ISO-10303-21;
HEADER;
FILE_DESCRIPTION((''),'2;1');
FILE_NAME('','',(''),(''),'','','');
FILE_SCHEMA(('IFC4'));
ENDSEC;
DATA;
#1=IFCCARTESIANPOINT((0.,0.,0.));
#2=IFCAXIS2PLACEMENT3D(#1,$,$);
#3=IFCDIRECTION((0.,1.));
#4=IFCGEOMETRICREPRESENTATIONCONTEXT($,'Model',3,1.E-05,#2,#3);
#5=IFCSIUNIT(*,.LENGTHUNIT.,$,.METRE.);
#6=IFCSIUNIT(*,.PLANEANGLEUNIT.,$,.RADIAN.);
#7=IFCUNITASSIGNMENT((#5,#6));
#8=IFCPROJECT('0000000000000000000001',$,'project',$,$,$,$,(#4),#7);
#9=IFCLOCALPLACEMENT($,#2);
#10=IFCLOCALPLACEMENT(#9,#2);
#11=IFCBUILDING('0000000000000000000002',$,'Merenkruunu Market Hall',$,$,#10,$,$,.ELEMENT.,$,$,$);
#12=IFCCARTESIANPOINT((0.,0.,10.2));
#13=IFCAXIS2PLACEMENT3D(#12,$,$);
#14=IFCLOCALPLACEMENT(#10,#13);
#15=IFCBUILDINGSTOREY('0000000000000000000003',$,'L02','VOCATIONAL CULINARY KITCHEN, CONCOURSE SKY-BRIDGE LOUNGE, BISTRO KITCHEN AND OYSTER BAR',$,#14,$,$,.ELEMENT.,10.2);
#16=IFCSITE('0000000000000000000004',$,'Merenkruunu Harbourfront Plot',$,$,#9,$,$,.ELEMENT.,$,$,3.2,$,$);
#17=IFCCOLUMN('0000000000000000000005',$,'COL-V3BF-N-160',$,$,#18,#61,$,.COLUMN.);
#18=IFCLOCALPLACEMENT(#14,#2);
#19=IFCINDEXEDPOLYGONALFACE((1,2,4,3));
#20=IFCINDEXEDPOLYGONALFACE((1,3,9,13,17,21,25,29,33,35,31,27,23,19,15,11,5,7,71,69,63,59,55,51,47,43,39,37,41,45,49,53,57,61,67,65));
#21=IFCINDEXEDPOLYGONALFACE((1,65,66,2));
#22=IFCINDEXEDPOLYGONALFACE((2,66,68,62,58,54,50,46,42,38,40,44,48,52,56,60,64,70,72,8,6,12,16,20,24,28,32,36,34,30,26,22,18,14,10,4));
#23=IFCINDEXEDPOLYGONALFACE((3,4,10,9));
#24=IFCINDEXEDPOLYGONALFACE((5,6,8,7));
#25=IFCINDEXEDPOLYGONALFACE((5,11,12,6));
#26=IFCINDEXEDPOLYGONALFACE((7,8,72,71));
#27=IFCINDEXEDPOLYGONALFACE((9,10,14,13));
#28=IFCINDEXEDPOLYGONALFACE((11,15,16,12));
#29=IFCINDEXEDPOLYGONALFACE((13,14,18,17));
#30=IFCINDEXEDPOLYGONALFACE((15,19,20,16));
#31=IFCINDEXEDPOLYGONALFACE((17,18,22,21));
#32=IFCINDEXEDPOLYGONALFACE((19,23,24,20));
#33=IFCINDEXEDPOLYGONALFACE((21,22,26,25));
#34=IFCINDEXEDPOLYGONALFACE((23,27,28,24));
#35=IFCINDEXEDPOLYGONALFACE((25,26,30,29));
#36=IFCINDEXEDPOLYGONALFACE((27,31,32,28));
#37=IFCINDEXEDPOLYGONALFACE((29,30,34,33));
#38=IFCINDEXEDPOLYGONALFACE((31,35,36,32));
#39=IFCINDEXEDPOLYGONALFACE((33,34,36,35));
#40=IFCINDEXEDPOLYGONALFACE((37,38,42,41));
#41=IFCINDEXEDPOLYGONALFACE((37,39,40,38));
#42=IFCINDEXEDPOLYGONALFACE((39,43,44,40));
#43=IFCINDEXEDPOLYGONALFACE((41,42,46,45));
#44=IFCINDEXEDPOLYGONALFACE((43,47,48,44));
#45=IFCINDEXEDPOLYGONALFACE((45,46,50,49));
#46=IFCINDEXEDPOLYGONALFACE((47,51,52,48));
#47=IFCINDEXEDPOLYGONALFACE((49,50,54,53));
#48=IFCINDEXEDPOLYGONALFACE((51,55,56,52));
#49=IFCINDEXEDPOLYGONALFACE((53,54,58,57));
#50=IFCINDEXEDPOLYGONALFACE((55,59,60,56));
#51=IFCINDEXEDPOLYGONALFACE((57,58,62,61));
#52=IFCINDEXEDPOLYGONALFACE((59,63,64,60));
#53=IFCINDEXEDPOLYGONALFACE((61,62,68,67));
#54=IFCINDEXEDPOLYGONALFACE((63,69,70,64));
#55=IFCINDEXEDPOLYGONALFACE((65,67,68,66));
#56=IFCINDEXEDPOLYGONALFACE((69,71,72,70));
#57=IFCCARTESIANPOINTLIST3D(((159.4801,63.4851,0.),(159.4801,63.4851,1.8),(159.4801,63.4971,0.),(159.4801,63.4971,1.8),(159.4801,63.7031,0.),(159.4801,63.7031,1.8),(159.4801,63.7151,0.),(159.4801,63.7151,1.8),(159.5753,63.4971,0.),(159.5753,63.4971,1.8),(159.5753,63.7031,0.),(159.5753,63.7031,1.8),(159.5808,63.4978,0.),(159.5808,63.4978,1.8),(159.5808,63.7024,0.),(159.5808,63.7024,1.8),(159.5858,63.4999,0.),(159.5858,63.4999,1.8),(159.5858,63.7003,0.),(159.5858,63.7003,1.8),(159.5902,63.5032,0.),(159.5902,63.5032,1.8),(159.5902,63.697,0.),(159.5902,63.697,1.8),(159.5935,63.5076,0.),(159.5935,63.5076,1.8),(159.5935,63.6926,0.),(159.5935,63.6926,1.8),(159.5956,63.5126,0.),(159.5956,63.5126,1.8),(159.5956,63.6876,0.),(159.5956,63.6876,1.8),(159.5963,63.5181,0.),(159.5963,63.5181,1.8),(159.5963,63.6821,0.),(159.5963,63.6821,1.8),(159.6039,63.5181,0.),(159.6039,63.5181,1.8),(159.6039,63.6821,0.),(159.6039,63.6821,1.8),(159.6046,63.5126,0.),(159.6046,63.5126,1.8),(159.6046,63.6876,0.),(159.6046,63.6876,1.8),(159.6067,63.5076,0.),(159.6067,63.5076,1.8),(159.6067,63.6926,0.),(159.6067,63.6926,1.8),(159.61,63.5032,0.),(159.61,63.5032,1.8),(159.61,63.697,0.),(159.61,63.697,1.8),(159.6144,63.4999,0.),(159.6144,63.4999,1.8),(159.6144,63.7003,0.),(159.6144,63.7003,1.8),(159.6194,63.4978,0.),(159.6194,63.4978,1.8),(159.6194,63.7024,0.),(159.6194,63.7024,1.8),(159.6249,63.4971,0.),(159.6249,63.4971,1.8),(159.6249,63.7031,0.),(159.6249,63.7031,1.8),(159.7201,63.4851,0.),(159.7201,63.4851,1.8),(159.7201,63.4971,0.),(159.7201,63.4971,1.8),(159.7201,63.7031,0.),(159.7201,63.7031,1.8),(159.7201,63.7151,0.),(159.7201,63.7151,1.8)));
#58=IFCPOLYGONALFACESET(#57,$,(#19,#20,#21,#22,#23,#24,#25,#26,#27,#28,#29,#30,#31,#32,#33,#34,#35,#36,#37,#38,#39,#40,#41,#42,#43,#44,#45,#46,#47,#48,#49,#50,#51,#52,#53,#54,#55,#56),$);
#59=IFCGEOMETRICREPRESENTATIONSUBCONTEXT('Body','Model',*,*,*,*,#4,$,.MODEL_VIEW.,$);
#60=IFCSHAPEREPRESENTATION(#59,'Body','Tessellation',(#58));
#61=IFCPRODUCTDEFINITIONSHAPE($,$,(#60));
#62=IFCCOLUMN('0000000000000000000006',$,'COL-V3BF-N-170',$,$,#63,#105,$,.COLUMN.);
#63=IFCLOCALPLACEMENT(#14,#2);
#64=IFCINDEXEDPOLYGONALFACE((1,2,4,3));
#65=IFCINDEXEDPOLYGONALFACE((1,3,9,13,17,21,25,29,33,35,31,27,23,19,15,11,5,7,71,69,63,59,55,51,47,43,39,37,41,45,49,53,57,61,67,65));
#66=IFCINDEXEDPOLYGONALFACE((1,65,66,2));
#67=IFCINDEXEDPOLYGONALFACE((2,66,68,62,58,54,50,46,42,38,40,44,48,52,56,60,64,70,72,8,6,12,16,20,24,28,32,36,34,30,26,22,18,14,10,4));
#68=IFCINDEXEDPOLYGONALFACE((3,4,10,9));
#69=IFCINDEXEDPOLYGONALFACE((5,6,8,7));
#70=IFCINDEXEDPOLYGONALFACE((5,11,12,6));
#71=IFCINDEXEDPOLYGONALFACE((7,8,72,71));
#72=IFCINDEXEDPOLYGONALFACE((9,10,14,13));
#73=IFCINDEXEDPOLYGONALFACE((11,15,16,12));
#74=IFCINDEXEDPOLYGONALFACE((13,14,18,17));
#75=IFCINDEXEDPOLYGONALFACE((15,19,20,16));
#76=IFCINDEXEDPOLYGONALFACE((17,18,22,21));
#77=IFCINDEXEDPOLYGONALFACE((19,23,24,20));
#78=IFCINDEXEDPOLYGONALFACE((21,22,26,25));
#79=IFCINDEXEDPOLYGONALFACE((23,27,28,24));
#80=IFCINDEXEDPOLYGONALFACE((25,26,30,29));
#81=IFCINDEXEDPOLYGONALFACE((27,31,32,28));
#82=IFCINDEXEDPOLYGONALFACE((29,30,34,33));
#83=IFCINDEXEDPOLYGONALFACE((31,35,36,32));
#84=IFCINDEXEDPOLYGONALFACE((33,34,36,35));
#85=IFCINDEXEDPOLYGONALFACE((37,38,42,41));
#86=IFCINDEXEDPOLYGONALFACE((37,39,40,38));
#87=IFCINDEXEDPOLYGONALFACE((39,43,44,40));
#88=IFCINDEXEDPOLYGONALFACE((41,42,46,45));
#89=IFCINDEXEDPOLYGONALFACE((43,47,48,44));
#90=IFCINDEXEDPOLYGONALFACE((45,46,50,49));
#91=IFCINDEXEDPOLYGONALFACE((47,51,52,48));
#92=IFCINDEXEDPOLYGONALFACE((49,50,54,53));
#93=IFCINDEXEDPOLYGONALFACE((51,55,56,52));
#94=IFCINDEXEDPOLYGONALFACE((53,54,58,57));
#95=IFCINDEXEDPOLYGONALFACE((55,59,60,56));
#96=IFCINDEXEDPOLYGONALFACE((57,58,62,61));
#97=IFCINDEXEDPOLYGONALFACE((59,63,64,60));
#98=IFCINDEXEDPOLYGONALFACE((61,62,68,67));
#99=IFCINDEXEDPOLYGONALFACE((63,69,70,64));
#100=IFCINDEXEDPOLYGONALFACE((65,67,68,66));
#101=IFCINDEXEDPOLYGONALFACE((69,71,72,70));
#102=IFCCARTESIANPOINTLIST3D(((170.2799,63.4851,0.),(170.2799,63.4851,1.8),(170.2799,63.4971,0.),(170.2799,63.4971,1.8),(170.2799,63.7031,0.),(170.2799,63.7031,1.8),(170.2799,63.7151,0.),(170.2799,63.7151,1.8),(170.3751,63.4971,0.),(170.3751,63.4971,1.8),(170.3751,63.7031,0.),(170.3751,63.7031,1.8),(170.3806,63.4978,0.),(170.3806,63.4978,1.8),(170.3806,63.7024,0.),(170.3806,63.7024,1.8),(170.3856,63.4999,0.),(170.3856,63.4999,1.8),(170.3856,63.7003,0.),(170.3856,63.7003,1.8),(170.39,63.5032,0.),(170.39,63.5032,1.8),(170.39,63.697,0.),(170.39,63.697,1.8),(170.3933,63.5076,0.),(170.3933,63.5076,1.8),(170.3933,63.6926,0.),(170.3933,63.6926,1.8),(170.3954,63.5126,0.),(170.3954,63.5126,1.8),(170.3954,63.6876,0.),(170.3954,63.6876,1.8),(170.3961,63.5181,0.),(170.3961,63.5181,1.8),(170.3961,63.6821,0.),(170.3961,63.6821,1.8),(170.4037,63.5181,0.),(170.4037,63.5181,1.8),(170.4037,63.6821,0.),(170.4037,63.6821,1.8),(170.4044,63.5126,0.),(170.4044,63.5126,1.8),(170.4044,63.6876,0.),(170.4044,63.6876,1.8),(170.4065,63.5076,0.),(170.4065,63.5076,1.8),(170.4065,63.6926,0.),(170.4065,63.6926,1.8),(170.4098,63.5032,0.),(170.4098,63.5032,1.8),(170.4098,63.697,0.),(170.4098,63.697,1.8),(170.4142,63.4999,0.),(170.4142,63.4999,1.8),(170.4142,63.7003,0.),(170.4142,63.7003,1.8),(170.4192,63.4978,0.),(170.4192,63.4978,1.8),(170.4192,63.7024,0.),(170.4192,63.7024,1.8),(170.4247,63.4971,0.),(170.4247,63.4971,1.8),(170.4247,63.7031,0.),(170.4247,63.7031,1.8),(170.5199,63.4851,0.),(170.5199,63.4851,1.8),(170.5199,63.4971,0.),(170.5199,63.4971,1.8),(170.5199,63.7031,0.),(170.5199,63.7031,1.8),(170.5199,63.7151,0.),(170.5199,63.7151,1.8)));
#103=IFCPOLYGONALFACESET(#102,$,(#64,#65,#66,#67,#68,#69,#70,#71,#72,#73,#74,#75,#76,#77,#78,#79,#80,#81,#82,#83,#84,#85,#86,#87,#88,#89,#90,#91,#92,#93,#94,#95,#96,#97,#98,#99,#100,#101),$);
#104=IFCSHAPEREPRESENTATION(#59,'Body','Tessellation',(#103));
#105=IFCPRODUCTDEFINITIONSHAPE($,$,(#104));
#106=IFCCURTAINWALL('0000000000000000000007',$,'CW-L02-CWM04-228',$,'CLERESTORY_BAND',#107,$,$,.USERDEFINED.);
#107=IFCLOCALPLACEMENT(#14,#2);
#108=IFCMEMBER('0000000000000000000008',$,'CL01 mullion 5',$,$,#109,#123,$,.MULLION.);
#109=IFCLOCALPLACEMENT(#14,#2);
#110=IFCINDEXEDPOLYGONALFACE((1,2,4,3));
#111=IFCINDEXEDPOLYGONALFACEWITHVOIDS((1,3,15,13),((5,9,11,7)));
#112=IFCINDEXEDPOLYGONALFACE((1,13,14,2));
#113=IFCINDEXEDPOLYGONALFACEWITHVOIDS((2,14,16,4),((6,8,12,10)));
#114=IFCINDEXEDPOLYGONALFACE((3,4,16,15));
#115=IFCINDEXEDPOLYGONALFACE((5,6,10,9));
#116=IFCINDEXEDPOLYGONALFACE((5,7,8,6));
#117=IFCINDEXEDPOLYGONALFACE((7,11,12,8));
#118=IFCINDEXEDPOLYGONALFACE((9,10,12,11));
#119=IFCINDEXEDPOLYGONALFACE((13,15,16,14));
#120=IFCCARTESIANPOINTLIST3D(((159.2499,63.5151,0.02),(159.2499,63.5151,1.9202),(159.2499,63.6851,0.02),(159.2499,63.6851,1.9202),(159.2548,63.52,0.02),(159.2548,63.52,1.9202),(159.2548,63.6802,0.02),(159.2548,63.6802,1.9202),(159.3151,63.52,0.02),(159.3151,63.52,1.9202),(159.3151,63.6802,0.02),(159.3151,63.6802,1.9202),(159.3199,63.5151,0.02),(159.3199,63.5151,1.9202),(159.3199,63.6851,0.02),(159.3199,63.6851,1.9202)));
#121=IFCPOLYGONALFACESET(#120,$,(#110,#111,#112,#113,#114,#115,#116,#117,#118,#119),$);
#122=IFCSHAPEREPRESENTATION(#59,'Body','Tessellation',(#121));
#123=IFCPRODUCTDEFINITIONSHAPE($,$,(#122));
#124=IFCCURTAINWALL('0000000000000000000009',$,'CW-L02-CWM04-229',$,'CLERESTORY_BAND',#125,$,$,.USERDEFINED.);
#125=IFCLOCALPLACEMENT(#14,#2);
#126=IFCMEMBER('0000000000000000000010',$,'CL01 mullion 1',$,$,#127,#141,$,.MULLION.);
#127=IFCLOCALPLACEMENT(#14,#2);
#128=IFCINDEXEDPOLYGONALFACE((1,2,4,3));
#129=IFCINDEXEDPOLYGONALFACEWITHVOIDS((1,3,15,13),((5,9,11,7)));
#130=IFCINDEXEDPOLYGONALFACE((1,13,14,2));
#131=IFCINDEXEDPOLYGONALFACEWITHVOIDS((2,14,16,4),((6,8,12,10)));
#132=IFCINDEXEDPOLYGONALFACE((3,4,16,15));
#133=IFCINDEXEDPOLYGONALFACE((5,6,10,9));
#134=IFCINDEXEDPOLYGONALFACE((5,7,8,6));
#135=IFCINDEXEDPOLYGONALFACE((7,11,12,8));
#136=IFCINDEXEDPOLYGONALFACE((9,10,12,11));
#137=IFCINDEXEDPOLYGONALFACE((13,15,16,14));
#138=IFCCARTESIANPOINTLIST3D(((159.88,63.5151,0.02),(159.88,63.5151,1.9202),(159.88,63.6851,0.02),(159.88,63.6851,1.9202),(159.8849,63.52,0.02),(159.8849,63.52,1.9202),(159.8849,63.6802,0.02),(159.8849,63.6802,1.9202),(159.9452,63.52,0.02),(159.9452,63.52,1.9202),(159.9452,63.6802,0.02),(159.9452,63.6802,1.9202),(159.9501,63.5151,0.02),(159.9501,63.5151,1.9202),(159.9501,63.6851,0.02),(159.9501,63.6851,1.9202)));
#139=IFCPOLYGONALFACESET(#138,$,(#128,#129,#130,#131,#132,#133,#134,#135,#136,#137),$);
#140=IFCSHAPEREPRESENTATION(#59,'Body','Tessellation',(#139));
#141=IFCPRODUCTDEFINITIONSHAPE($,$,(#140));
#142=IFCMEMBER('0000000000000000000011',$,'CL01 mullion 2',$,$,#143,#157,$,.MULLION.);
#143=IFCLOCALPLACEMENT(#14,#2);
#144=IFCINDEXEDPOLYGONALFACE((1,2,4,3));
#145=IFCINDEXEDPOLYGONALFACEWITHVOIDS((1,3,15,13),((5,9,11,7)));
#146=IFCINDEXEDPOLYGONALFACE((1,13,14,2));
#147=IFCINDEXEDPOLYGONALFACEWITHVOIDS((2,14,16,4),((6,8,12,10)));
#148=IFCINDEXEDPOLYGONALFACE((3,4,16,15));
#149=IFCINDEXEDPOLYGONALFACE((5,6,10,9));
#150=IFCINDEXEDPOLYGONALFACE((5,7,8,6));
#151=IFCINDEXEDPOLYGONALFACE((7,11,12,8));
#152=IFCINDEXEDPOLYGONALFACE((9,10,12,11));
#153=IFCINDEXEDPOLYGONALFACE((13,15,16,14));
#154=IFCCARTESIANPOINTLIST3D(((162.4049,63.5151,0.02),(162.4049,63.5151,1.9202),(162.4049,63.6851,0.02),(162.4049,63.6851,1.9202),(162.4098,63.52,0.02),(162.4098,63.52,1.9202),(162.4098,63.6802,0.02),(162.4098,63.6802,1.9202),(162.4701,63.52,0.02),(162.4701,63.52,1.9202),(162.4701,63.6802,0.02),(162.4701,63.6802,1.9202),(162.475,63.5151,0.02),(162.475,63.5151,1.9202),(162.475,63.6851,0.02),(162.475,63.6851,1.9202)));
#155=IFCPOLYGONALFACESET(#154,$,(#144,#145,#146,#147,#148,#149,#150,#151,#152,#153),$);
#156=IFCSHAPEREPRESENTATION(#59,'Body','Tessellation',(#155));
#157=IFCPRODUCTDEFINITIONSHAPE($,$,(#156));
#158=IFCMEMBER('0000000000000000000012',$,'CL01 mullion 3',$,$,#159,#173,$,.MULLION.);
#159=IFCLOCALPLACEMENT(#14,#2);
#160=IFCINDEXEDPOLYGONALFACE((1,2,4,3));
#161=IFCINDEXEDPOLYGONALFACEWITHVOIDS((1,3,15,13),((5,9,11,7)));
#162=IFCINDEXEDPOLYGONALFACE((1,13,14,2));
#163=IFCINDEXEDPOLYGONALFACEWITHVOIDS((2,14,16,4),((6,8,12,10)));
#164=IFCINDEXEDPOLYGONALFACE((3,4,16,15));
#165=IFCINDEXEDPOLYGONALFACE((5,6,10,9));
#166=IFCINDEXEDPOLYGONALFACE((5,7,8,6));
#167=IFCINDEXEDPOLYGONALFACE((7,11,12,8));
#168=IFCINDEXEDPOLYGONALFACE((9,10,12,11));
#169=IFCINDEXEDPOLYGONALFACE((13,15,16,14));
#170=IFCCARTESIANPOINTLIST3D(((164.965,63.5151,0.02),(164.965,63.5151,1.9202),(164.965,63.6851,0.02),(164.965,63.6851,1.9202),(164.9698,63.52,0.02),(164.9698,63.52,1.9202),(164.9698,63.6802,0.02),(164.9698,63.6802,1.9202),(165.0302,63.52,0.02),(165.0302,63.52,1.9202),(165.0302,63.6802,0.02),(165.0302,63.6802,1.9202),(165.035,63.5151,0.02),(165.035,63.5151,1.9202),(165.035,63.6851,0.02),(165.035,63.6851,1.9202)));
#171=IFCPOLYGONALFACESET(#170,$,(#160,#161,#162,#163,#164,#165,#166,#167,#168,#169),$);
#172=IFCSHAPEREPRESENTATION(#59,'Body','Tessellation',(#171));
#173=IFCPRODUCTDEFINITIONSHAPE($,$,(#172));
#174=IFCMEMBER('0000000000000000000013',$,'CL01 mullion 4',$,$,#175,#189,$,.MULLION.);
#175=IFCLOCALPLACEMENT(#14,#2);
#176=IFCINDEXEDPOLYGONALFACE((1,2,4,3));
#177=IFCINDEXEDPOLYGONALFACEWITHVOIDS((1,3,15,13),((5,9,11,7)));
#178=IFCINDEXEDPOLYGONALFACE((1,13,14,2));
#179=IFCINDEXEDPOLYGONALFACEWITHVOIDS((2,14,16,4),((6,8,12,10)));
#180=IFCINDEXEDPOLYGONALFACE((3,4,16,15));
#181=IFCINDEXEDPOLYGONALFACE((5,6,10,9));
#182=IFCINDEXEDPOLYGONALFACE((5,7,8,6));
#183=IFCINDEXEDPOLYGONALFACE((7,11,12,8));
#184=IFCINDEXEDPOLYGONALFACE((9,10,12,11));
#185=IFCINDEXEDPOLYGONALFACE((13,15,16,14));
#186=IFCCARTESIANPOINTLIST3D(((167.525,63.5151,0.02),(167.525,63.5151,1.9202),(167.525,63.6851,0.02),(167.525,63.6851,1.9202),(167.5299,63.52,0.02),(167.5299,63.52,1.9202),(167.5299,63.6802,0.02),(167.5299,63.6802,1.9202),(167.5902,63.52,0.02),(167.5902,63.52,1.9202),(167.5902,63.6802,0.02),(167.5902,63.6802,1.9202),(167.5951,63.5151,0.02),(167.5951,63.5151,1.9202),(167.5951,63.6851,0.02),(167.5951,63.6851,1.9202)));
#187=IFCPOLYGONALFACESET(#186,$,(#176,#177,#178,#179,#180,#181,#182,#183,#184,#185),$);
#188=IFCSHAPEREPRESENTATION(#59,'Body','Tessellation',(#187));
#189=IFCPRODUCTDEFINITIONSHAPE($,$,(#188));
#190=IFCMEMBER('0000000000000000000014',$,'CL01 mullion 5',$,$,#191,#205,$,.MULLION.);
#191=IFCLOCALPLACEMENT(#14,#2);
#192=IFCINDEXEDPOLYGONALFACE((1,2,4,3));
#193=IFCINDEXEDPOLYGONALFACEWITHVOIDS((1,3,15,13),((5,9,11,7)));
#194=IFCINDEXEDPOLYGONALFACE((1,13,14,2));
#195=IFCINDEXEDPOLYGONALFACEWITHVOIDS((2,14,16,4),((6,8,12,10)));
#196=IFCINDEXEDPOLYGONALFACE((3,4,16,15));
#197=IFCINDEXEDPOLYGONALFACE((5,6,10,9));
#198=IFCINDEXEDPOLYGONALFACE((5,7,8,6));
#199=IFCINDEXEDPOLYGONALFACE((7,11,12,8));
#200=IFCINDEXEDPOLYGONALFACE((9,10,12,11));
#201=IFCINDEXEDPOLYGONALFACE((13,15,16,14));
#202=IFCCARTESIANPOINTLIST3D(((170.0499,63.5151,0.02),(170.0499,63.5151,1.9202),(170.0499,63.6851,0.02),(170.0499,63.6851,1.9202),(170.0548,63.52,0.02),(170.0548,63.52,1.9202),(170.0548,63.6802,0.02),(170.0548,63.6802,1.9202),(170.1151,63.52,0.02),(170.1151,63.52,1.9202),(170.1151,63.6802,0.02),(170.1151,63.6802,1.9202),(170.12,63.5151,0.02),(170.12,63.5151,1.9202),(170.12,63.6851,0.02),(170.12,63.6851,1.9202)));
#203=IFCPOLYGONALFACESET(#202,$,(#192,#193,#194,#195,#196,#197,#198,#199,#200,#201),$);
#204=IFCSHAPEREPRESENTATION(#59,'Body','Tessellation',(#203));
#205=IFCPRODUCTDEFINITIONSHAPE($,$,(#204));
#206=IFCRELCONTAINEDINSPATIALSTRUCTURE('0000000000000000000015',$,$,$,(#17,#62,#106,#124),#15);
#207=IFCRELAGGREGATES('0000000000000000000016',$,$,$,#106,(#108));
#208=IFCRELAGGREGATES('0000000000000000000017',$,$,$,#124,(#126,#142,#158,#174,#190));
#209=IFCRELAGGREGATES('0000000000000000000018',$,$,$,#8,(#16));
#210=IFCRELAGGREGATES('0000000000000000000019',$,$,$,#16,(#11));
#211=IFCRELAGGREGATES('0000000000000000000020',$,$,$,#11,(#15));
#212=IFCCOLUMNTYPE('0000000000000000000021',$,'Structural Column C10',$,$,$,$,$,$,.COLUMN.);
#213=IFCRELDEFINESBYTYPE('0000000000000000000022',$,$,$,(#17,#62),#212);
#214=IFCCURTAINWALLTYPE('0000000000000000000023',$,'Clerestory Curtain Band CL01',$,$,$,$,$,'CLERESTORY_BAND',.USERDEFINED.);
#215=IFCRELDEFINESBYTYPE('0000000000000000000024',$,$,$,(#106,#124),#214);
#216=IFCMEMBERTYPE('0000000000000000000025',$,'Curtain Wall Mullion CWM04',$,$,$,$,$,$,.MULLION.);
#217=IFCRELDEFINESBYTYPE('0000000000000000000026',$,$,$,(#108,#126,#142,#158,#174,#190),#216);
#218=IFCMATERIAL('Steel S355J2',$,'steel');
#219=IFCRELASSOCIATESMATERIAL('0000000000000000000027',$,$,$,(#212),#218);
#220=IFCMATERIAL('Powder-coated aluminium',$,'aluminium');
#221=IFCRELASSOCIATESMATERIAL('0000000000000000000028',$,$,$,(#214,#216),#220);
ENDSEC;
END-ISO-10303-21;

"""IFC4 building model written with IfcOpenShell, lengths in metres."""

from ifc_helpers import new_model, si_unit, direction, frame, origin, origin_2d, place, context, subcontext, project, spatial, hollow_rectangle, i_section, extrude, material, material_profile, profile_set, type_object, element, aggregate, save


model = new_model("IFC4")

# Units and contexts
model_context = context("Model", 3, precision=1e-05, world=origin(), true_north=direction((0.0, 1.0)))
body_context = subcontext(model_context, "Body", "Model", "MODEL_VIEW")
ifc_project = project(units=[si_unit("LENGTHUNIT", "METRE"), si_unit("PLANEANGLEUNIT", "RADIAN")], contexts=[model_context])

# Site, building, storey
site_placement = place(None, origin())
site = spatial("IfcSite", under=ifc_project, at=site_placement, Name="Merenkruunu Harbourfront Plot", CompositionType="ELEMENT", RefElevation=3.2)
building_placement = place(site_placement, origin())
building = spatial("IfcBuilding", under=site, at=building_placement, Name="Merenkruunu Market Hall", CompositionType="ELEMENT")
storey_placement = place(building_placement, frame((0.0, 0.0, 10.2)))
storey = spatial("IfcBuildingStorey", under=building, at=storey_placement, Name="L02", Description="VOCATIONAL CULINARY KITCHEN, CONCOURSE SKY-BRIDGE LOUNGE, BISTRO KITCHEN AND OYSTER BAR", CompositionType="ELEMENT", Elevation=10.2)

# Columns
ifc_material_1 = material(Name="Steel S355J2", Category="steel")
ifc_material_profile_1 = material_profile(ifc_material_1, i_section(OverallWidth=0.24, OverallDepth=0.23, WebThickness=0.0076, FlangeThickness=0.012, FilletRadius=0.021, at=origin_2d()), Name="HEA 240")
ifc_profile_set_1 = profile_set([ifc_material_profile_1], Name="Steel S355J2")
column_type = type_object("IfcColumnType", Name="Structural Column C10", PredefinedType="COLUMN", material=ifc_profile_set_1)
for number, where, z_axis, x_axis, name in (
    (1, (159.6001, 63.6001, 0.0), (0.0, 0.0, 1.0), (1.0, 0.0, 0.0), "COL-V3BF-N-160"),
    (2, (170.3999, 63.6001, 0.0), (0.0, 0.0, 1.0), (1.0, 0.0, 0.0), "COL-V3BF-N-170"),
):
    element("IfcColumn", number, at=place(storey_placement, frame(where, z_axis=z_axis, x_axis=x_axis)), inside=storey, type_object=column_type, Name=name, PredefinedType="COLUMN", context=body_context, shape_type="SweptSolid", body=[
        extrude(i_section(OverallWidth=0.24, OverallDepth=0.23, WebThickness=0.0076, FlangeThickness=0.012, FilletRadius=0.021, at=origin_2d()), origin(), (0.0, 0.0, 1.0), 1.8),
    ])

# Curtain wall, member
ifc_material_2 = material(Name="Powder-coated aluminium", Category="aluminium")
curtain_wall_type = type_object("IfcCurtainWallType", Name="Clerestory Curtain Band CL01", ElementType="CLERESTORY_BAND", PredefinedType="USERDEFINED", material=ifc_material_2)
curtain_wall_1_placement = place(storey_placement, origin())
curtain_wall_1 = element("IfcCurtainWall", 3, at=curtain_wall_1_placement, inside=storey, type_object=curtain_wall_type, Name="CW-L02-CWM04-228", ObjectType="CLERESTORY_BAND", PredefinedType="USERDEFINED")
ifc_material_profile_2 = material_profile(ifc_material_2, hollow_rectangle(XDim=0.0701, YDim=0.1699, WallThickness=0.0049, at=origin_2d()), Name="ALU 70x170x5")
ifc_profile_set_2 = profile_set([ifc_material_profile_2], Name="Powder-coated aluminium")
member_type_1 = type_object("IfcMemberType", Name="Curtain Wall Mullion CWM04", PredefinedType="MULLION", material=ifc_profile_set_2)
member_1_placement = place(storey_placement, frame((159.2849, 63.6001, 0.02), z_axis=(0.0, 0.0, 1.0), x_axis=(1.0, 0.0, 0.0)))
member_1 = element("IfcMember", 4, at=member_1_placement, type_object=member_type_1, Name="CL01 mullion 5", PredefinedType="MULLION", context=body_context, shape_type="SweptSolid", body=[
    extrude(hollow_rectangle(XDim=0.0701, YDim=0.1699, WallThickness=0.0049, at=origin_2d()), origin(), (0.0, 0.0, 1.0), 1.9001),
])
aggregate(curtain_wall_1, [member_1])

# Curtain wall, members
curtain_wall_2_placement = place(storey_placement, origin())
curtain_wall_2 = element("IfcCurtainWall", 5, at=curtain_wall_2_placement, inside=storey, type_object=curtain_wall_type, Name="CW-L02-CWM04-229", ObjectType="CLERESTORY_BAND", PredefinedType="USERDEFINED")
member_2_placement = place(storey_placement, frame((159.915, 63.6001, 0.02), z_axis=(0.0, 0.0, 1.0), x_axis=(1.0, 0.0, 0.0)))
member_2 = element("IfcMember", 6, at=member_2_placement, type_object=member_type_1, Name="CL01 mullion 1", PredefinedType="MULLION", context=body_context, shape_type="SweptSolid", body=[
    extrude(hollow_rectangle(XDim=0.0701, YDim=0.1699, WallThickness=0.0049, at=origin_2d()), origin(), (0.0, 0.0, 1.0), 1.9001),
])
member_3_placement = place(storey_placement, frame((162.4399, 63.6001, 0.02), z_axis=(0.0, 0.0, 1.0), x_axis=(1.0, 0.0, 0.0)))
member_3 = element("IfcMember", 7, at=member_3_placement, type_object=member_type_1, Name="CL01 mullion 2", PredefinedType="MULLION", context=body_context, shape_type="SweptSolid", body=[
    extrude(hollow_rectangle(XDim=0.0701, YDim=0.1699, WallThickness=0.0049, at=origin_2d()), origin(), (0.0, 0.0, 1.0), 1.9001),
])
member_4_placement = place(storey_placement, frame((165.0, 63.6001, 0.02), z_axis=(0.0, 0.0, 1.0), x_axis=(1.0, 0.0, 0.0)))
member_4 = element("IfcMember", 8, at=member_4_placement, type_object=member_type_1, Name="CL01 mullion 3", PredefinedType="MULLION", context=body_context, shape_type="SweptSolid", body=[
    extrude(hollow_rectangle(XDim=0.0701, YDim=0.1699, WallThickness=0.0049, at=origin_2d()), origin(), (0.0, 0.0, 1.0), 1.9001),
])
member_5_placement = place(storey_placement, frame((167.5601, 63.6001, 0.02), z_axis=(0.0, 0.0, 1.0), x_axis=(1.0, 0.0, 0.0)))
member_5 = element("IfcMember", 9, at=member_5_placement, type_object=member_type_1, Name="CL01 mullion 4", PredefinedType="MULLION", context=body_context, shape_type="SweptSolid", body=[
    extrude(hollow_rectangle(XDim=0.0701, YDim=0.1699, WallThickness=0.0049, at=origin_2d()), origin(), (0.0, 0.0, 1.0), 1.9001),
])
member_6_placement = place(storey_placement, frame((170.085, 63.6001, 0.02), z_axis=(0.0, 0.0, 1.0), x_axis=(1.0, 0.0, 0.0)))
member_6 = element("IfcMember", 10, at=member_6_placement, type_object=member_type_1, Name="CL01 mullion 5", PredefinedType="MULLION", context=body_context, shape_type="SweptSolid", body=[
    extrude(hollow_rectangle(XDim=0.0701, YDim=0.1699, WallThickness=0.0049, at=origin_2d()), origin(), (0.0, 0.0, 1.0), 1.9001),
])

aggregate(curtain_wall_2, [member_2, member_3, member_4, member_5, member_6])

save(model, "model.ifc")
